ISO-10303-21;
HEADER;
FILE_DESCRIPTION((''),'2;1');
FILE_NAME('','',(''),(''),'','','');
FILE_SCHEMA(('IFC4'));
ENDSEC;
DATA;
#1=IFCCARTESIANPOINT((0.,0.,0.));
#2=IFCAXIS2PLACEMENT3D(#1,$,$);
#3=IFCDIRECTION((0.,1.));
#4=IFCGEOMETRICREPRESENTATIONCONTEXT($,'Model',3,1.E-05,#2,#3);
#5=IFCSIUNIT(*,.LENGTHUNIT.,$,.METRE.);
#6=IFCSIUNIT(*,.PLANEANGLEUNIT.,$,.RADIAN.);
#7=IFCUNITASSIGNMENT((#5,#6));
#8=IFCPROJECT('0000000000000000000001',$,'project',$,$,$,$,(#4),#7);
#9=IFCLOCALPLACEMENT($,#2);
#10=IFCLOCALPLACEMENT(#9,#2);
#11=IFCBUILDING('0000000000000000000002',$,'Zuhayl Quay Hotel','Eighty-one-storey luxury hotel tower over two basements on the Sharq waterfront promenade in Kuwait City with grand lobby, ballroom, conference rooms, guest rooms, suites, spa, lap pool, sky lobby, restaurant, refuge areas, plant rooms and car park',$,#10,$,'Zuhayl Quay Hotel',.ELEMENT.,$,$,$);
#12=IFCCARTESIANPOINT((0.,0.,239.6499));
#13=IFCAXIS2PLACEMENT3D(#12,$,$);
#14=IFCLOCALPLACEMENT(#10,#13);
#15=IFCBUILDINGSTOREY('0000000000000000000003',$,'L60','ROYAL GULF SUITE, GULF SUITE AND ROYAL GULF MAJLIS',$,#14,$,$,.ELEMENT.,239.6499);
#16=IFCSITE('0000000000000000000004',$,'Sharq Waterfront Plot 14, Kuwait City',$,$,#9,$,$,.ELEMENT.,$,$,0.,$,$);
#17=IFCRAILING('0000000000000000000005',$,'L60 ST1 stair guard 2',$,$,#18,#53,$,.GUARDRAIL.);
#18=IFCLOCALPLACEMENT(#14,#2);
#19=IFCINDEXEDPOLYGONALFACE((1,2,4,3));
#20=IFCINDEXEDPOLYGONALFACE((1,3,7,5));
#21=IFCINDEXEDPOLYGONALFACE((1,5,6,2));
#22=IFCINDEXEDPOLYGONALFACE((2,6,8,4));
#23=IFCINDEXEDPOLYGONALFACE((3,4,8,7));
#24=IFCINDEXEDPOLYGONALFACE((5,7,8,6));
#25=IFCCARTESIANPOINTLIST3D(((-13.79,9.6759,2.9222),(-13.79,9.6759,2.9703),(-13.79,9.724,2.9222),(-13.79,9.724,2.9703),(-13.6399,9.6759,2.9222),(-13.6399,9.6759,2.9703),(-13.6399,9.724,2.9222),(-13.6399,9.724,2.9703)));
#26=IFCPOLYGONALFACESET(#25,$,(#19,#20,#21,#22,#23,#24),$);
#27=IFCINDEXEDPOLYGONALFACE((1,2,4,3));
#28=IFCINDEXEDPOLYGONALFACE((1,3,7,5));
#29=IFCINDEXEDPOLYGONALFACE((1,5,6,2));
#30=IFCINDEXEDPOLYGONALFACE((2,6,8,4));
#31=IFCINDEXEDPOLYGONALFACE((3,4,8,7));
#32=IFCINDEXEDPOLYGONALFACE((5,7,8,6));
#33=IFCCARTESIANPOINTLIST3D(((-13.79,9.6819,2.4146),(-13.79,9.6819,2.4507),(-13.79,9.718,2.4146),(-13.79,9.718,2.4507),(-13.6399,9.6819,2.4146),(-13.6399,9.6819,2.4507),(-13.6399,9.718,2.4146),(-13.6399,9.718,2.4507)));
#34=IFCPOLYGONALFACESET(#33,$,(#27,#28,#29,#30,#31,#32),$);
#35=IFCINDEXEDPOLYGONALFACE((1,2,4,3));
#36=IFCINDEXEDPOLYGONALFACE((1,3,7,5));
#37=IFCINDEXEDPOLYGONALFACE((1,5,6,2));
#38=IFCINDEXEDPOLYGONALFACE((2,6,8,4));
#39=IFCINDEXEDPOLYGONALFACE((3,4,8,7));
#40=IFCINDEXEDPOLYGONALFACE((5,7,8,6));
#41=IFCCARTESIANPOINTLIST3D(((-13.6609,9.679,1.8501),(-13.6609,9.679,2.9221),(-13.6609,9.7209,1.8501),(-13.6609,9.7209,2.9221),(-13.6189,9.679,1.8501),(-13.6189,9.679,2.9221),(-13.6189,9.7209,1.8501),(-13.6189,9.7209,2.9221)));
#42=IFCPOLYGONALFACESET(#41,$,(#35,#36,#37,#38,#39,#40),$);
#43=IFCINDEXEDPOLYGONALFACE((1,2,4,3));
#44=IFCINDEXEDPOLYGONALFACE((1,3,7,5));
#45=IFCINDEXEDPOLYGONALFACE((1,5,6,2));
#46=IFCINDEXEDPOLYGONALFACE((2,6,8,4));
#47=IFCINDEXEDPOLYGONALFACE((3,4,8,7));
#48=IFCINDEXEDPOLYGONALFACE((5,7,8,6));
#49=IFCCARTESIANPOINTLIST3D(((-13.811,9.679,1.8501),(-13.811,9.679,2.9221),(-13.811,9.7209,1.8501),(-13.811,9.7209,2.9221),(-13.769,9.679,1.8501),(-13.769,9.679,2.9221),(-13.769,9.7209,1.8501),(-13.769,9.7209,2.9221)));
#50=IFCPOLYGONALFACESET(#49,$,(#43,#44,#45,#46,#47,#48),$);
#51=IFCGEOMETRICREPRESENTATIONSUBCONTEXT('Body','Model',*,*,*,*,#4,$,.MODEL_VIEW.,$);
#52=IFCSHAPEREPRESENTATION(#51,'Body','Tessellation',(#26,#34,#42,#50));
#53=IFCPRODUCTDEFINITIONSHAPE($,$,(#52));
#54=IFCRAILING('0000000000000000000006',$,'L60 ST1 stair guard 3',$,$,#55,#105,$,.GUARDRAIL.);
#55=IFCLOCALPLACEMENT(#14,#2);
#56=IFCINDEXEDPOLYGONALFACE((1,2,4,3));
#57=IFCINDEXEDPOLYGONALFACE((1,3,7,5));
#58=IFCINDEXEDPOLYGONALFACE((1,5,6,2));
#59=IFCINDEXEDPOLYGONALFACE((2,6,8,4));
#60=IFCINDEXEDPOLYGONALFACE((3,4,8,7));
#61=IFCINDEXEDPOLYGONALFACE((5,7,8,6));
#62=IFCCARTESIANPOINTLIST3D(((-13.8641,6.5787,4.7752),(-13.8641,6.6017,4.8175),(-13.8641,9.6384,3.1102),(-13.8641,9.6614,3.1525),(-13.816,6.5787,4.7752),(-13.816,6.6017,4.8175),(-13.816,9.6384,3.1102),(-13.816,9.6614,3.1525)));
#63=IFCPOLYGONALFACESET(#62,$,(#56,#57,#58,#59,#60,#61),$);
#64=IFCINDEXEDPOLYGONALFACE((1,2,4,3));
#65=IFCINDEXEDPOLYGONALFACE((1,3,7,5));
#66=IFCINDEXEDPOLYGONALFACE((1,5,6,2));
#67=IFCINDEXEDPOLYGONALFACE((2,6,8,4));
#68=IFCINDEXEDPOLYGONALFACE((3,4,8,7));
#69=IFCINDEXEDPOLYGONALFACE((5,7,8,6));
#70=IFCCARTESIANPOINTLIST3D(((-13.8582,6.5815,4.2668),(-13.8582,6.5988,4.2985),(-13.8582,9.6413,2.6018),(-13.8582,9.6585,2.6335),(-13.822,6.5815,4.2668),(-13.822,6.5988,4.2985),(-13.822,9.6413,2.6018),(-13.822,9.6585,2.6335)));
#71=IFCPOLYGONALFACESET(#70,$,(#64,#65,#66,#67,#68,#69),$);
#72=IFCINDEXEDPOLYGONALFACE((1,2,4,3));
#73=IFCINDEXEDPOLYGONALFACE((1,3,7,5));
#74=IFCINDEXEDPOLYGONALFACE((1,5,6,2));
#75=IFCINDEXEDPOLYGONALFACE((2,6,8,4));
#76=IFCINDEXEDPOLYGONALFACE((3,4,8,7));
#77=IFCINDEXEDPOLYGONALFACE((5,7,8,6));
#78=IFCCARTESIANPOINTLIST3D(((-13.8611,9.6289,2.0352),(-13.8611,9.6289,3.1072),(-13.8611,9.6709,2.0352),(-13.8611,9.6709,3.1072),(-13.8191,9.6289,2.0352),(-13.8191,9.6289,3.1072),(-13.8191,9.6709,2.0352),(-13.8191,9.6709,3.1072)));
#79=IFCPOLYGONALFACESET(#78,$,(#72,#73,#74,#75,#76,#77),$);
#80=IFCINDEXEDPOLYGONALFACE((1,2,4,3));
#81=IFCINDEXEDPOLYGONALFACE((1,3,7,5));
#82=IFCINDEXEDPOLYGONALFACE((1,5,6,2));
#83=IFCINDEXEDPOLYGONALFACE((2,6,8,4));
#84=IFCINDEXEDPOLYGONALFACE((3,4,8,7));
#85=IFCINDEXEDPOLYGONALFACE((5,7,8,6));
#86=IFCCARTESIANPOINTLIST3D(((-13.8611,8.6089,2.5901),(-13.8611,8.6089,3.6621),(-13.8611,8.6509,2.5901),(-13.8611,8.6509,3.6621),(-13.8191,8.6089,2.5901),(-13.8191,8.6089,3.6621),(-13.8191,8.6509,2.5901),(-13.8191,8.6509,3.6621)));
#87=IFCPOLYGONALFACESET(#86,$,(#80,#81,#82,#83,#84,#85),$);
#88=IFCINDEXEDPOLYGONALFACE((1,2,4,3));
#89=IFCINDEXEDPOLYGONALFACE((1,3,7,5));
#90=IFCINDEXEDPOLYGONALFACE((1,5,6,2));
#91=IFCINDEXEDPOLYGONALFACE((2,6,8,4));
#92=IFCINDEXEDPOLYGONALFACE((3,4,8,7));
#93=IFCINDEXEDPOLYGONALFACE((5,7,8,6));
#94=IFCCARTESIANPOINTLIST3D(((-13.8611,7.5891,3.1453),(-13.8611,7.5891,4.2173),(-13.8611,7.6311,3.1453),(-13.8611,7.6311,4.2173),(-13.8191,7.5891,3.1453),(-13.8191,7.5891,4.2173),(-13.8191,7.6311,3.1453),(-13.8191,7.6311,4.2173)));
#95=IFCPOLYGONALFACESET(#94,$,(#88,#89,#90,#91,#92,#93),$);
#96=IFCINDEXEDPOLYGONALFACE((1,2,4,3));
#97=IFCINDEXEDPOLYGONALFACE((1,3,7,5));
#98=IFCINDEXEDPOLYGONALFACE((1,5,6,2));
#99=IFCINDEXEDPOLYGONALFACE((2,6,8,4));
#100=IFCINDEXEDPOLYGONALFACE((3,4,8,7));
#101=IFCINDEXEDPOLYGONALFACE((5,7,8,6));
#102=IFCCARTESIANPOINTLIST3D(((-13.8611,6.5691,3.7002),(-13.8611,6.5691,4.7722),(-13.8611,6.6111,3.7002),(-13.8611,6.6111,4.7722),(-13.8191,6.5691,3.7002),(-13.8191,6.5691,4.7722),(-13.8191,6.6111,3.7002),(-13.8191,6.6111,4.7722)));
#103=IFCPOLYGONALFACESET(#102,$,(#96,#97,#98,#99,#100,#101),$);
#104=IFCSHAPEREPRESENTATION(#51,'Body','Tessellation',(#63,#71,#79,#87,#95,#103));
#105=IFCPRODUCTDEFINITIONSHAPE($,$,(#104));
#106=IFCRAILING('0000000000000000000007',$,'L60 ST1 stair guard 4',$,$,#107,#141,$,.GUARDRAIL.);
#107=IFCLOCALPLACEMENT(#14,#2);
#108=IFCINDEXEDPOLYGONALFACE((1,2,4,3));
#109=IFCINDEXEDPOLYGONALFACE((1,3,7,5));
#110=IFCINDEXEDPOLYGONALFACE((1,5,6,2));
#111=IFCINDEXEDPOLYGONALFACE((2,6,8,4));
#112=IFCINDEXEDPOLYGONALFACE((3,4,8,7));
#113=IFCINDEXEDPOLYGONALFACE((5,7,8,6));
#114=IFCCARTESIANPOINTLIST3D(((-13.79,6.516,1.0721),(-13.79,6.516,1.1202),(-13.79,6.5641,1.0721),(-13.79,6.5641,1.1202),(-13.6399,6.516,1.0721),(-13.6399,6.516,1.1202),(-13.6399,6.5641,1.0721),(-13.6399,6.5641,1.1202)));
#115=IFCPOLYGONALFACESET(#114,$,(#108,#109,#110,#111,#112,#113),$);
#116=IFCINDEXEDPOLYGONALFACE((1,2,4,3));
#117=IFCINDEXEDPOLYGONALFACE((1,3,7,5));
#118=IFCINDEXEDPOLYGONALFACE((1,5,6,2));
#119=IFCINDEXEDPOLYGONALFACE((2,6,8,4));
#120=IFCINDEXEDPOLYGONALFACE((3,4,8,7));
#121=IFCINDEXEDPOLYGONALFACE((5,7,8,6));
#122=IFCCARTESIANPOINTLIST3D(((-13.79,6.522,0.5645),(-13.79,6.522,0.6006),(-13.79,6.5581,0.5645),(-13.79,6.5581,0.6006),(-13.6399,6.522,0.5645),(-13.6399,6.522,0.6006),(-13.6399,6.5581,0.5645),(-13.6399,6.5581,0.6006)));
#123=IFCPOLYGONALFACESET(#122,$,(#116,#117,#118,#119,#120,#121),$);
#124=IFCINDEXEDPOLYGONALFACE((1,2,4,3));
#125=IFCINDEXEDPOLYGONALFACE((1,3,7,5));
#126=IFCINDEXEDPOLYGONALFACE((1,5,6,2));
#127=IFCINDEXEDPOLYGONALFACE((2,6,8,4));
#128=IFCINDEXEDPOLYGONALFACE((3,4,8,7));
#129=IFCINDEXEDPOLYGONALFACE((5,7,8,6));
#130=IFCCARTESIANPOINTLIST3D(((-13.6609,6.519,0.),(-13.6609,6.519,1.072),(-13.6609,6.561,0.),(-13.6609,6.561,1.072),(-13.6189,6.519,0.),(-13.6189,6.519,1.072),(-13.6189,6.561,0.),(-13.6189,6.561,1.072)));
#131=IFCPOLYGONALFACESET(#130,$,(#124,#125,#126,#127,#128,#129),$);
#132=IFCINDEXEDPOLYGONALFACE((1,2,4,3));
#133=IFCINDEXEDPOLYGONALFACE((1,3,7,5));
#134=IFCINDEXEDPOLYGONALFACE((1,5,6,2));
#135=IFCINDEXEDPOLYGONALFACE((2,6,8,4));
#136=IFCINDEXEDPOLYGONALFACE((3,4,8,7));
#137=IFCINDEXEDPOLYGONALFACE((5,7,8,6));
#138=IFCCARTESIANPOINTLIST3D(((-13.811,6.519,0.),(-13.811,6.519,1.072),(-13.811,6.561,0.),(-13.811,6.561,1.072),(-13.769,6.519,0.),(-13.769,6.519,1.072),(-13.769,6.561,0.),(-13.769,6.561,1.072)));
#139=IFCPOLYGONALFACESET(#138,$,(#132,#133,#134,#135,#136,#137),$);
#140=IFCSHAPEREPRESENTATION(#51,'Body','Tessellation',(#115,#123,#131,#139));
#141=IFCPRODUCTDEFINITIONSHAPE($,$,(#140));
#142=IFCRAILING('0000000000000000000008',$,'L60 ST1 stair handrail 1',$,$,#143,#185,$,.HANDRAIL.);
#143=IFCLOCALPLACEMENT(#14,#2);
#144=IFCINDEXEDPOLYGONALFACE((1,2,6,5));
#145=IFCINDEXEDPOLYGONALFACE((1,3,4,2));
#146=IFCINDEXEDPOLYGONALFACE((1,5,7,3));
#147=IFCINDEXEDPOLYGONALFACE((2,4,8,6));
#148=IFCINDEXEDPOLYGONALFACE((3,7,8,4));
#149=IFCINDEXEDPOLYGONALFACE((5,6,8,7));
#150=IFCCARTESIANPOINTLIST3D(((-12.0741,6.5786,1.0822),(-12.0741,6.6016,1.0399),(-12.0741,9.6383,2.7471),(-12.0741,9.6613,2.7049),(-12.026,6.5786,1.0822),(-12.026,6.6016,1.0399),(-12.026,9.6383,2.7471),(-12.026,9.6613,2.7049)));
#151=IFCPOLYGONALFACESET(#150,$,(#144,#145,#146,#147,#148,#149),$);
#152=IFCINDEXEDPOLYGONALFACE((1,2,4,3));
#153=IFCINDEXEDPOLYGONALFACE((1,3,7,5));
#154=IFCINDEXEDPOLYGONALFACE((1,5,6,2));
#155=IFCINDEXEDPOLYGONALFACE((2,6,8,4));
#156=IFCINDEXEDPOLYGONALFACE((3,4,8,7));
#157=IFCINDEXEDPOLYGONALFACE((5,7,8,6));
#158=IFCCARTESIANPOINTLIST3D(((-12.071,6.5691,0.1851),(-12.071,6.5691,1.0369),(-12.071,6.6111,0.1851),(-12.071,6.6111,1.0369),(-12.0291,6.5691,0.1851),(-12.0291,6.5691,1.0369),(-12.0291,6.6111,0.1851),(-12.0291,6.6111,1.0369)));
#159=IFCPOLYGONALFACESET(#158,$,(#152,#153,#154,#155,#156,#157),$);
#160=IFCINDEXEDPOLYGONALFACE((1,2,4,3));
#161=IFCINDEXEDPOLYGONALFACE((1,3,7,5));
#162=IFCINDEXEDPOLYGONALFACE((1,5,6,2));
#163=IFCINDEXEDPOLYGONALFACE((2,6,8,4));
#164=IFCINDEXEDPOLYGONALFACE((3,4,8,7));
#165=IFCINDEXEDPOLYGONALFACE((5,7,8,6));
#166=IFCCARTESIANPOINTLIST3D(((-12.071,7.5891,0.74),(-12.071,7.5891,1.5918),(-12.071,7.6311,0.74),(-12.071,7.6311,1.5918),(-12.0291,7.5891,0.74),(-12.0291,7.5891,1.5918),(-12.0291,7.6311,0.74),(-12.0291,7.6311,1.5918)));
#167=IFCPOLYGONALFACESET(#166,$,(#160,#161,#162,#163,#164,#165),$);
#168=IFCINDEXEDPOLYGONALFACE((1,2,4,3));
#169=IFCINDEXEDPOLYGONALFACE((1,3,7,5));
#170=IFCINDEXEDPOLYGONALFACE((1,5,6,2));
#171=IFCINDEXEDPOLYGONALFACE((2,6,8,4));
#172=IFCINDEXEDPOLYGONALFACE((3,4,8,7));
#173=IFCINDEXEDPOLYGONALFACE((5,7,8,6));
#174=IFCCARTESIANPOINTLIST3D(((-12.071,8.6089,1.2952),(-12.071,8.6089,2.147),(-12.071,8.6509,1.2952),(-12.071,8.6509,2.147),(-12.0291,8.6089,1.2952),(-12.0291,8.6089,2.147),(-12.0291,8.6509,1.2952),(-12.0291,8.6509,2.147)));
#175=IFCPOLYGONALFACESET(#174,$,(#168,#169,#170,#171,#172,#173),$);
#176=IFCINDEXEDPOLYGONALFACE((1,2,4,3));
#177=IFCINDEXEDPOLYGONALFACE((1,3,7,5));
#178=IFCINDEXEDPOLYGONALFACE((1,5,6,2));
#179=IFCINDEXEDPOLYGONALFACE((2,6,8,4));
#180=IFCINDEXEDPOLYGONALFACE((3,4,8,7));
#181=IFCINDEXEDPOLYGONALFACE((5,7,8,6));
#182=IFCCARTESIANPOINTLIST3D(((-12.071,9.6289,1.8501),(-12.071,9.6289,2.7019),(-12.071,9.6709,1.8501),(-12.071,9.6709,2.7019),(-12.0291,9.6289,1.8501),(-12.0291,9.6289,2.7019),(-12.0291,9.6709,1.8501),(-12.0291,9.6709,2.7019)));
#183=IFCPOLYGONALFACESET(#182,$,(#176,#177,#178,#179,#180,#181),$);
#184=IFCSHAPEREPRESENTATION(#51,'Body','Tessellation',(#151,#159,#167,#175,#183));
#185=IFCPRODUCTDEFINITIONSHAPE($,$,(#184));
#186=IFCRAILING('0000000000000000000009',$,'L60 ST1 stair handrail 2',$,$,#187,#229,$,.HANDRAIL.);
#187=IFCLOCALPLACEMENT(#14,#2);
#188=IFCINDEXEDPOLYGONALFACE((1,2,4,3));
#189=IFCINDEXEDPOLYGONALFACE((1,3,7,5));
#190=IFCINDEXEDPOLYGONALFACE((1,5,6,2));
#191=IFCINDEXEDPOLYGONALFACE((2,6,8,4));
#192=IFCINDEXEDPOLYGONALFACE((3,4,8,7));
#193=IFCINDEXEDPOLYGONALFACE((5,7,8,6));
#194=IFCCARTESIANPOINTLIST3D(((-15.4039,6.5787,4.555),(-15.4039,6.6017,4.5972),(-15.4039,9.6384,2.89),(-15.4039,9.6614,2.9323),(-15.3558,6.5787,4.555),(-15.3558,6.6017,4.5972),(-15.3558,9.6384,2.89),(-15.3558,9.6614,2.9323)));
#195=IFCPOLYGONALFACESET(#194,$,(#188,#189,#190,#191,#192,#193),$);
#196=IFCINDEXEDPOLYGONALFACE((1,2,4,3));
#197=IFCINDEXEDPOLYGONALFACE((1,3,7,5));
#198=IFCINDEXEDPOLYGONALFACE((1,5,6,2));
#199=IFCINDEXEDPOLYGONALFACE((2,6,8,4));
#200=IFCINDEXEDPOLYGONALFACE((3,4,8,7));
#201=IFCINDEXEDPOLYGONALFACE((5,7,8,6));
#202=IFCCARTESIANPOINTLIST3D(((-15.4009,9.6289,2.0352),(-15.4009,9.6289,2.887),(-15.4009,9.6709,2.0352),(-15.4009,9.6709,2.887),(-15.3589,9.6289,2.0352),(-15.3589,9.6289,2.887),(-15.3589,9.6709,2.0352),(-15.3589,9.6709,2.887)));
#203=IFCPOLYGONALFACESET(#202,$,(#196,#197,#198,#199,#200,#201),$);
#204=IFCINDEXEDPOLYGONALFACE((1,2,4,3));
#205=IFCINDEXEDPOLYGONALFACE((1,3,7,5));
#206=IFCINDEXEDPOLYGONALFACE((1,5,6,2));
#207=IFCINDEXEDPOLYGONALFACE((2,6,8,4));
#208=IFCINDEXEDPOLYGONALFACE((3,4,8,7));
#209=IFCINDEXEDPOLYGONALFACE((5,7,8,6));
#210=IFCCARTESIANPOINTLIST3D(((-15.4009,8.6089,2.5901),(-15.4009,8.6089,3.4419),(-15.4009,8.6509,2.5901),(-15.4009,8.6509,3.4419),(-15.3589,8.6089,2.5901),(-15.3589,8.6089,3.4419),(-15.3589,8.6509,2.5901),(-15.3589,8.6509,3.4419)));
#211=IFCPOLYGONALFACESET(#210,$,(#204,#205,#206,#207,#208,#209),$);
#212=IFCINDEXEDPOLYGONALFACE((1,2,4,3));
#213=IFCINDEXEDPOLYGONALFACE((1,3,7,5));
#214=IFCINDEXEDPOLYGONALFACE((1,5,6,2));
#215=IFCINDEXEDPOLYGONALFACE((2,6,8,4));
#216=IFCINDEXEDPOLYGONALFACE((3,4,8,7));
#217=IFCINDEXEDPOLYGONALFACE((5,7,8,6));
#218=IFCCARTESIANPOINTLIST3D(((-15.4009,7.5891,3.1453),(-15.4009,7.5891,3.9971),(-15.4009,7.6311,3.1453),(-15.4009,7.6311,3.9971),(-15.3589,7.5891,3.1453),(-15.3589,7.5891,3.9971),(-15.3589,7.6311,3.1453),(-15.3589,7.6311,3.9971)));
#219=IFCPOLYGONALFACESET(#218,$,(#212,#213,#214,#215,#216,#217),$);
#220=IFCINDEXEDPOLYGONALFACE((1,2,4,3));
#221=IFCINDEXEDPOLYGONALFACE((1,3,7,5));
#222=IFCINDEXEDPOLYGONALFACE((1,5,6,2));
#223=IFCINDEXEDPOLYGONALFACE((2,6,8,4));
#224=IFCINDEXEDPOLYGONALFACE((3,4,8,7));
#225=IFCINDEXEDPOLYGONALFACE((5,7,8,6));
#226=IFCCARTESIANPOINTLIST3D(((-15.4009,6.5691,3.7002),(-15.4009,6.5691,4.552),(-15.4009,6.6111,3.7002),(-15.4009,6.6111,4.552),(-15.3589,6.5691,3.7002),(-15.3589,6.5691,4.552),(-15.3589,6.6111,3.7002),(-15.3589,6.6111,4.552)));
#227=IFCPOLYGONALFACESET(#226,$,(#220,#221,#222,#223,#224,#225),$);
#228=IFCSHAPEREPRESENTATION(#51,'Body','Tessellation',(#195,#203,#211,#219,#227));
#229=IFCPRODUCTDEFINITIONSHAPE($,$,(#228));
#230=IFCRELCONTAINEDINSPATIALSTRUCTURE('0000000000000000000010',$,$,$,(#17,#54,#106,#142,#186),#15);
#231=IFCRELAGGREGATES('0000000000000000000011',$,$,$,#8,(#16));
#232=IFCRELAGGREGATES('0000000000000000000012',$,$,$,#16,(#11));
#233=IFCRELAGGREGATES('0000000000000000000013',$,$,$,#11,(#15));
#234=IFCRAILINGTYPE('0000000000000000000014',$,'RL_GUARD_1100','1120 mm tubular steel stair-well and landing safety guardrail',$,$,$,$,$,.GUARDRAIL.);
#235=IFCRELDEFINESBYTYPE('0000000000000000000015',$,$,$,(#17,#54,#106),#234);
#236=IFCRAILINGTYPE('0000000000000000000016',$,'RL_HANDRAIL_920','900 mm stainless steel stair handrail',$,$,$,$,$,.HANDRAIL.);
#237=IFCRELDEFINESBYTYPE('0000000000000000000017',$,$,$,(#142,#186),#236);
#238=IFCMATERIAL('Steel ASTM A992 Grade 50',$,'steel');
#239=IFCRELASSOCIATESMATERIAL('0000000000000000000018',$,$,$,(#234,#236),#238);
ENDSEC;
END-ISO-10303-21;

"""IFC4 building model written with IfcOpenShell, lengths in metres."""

from ifc_helpers import new_model, si_unit, direction, frame, origin, origin_2d, place, context, subcontext, project, spatial, rectangle, extrude, material, type_object, element, save


model = new_model("IFC4")

# Units and contexts
model_context = context("Model", 3, precision=1e-05, world=origin(), true_north=direction((0.0, 1.0)))
body_context = subcontext(model_context, "Body", "Model", "MODEL_VIEW")
ifc_project = project(units=[si_unit("LENGTHUNIT", "METRE"), si_unit("PLANEANGLEUNIT", "RADIAN")], contexts=[model_context])

# Site, building, storey
site_placement = place(None, origin())
site = spatial("IfcSite", under=ifc_project, at=site_placement, Name="Sharq Waterfront Plot 14, Kuwait City", CompositionType="ELEMENT", RefElevation=0.0)
building_placement = place(site_placement, origin())
building = spatial("IfcBuilding", under=site, at=building_placement, Name="Zuhayl Quay Hotel", Description="Eighty-one-storey luxury hotel tower over two basements on the Sharq waterfront promenade in Kuwait City with grand lobby, ballroom, conference rooms, guest rooms, suites, spa, lap pool, sky lobby, restaurant, refuge areas, plant rooms and car park", LongName="Zuhayl Quay Hotel", CompositionType="ELEMENT")
storey_placement = place(building_placement, frame((0.0, 0.0, 239.6499)))
storey = spatial("IfcBuildingStorey", under=building, at=storey_placement, Name="L60", Description="ROYAL GULF SUITE, GULF SUITE AND ROYAL GULF MAJLIS", CompositionType="ELEMENT", Elevation=239.6499)

# Shared definitions
ifc_material_1 = material(Name="Steel ASTM A992 Grade 50", Category="steel")

# Railings
railing_type_1 = type_object("IfcRailingType", Name="RL_GUARD_1100", Description="1120 mm tubular steel stair-well and landing safety guardrail", PredefinedType="GUARDRAIL", material=ifc_material_1)
railing_1_placement = place(storey_placement, frame((-13.6399, 9.7, 1.8501)))
element("IfcRailing", 1, at=railing_1_placement, inside=storey, type_object=railing_type_1, Name="L60 ST1 stair guard 2", PredefinedType="GUARDRAIL", context=body_context, shape_type="SweptSolid", body=[
    extrude(rectangle(XDim=0.0481, YDim=0.0481, at=origin_2d()), frame((0.0, 0.0, 1.0962), z_axis=(-1.0, 0.0, 0.0), x_axis=(0.0, -1.0, 0.0)), (0.0, 0.0, 1.0), 0.1501),
    extrude(rectangle(XDim=0.0361, YDim=0.0361, at=origin_2d()), frame((0.0, 0.0, 0.5825), z_axis=(-1.0, 0.0, 0.0), x_axis=(0.0, -1.0, 0.0)), (0.0, 0.0, 1.0), 0.1501),
    extrude(rectangle(XDim=0.042, YDim=0.042, at=origin_2d()), origin(), (0.0, 0.0, 1.0), 1.072),
    extrude(rectangle(XDim=0.042, YDim=0.042, at=origin_2d()), frame((-0.1501, 0.0, 0.0)), (0.0, 0.0, 1.0), 1.072),
])
railing_2_placement = place(storey_placement, frame((-13.8401, 9.6499, 2.0352)))
element("IfcRailing", 2, at=railing_2_placement, inside=storey, type_object=railing_type_1, Name="L60 ST1 stair guard 3", PredefinedType="GUARDRAIL", context=body_context, shape_type="SweptSolid", body=[
    extrude(rectangle(XDim=0.0481, YDim=0.0481, at=origin_2d()), frame((0.0, 0.0, 1.0962), z_axis=(0.0, -0.878372, 0.477978), x_axis=(1.0, 0.0, 0.0)), (0.0, 0.0, 1.0), 3.4834),
    extrude(rectangle(XDim=0.0361, YDim=0.0361, at=origin_2d()), frame((0.0, 0.0, 0.5825), z_axis=(0.0, -0.878372, 0.477978), x_axis=(1.0, 0.0, 0.0)), (0.0, 0.0, 1.0), 3.4834),
    extrude(rectangle(XDim=0.042, YDim=0.042, at=origin_2d()), origin(), (0.0, 0.0, 1.0), 1.072),
    extrude(rectangle(XDim=0.042, YDim=0.042, at=origin_2d()), frame((0.0, -1.02, 0.5549)), (0.0, 0.0, 1.0), 1.072),
    extrude(rectangle(XDim=0.042, YDim=0.042, at=origin_2d()), frame((0.0, -2.0398, 1.1101)), (0.0, 0.0, 1.0), 1.072),
    extrude(rectangle(XDim=0.042, YDim=0.042, at=origin_2d()), frame((0.0, -3.0598, 1.665)), (0.0, 0.0, 1.0), 1.072),
])
railing_3_placement = place(storey_placement, frame((-13.6399, 6.54, 0.0)))
element("IfcRailing", 3, at=railing_3_placement, inside=storey, type_object=railing_type_1, Name="L60 ST1 stair guard 4", PredefinedType="GUARDRAIL", context=body_context, shape_type="SweptSolid", body=[
    extrude(rectangle(XDim=0.0481, YDim=0.0481, at=origin_2d()), frame((0.0, 0.0, 1.0962), z_axis=(-1.0, 0.0, 0.0), x_axis=(0.0, -1.0, 0.0)), (0.0, 0.0, 1.0), 0.1501),
    extrude(rectangle(XDim=0.0361, YDim=0.0361, at=origin_2d()), frame((0.0, 0.0, 0.5825), z_axis=(-1.0, 0.0, 0.0), x_axis=(0.0, -1.0, 0.0)), (0.0, 0.0, 1.0), 0.1501),
    extrude(rectangle(XDim=0.042, YDim=0.042, at=origin_2d()), origin(), (0.0, 0.0, 1.0), 1.072),
    extrude(rectangle(XDim=0.042, YDim=0.042, at=origin_2d()), frame((-0.1501, 0.0, 0.0)), (0.0, 0.0, 1.0), 1.072),
])
railing_type_2 = type_object("IfcRailingType", Name="RL_HANDRAIL_920", Description="900 mm stainless steel stair handrail", PredefinedType="HANDRAIL", material=ifc_material_1)
railing_4_placement = place(storey_placement, frame((-12.05, 6.5901, 0.1851)))
element("IfcRailing", 4, at=railing_4_placement, inside=storey, type_object=railing_type_2, Name="L60 ST1 stair handrail 1", PredefinedType="HANDRAIL", context=body_context, shape_type="SweptSolid", body=[
    extrude(rectangle(XDim=0.0481, YDim=0.0481, at=origin_2d()), frame((0.0, 0.0, 0.876), z_axis=(0.0, 0.878372, 0.477978), x_axis=(-1.0, 0.0, 0.0)), (0.0, 0.0, 1.0), 3.4834),
    extrude(rectangle(XDim=0.042, YDim=0.042, at=origin_2d()), origin(), (0.0, 0.0, 1.0), 0.8518),
    extrude(rectangle(XDim=0.042, YDim=0.042, at=origin_2d()), frame((0.0, 1.02, 0.5549)), (0.0, 0.0, 1.0), 0.8518),
    extrude(rectangle(XDim=0.042, YDim=0.042, at=origin_2d()), frame((0.0, 2.0398, 1.1101)), (0.0, 0.0, 1.0), 0.8518),
    extrude(rectangle(XDim=0.042, YDim=0.042, at=origin_2d()), frame((0.0, 3.0598, 1.665)), (0.0, 0.0, 1.0), 0.8518),
])
railing_5_placement = place(storey_placement, frame((-15.3799, 9.6499, 2.0352)))
element("IfcRailing", 5, at=railing_5_placement, inside=storey, type_object=railing_type_2, Name="L60 ST1 stair handrail 2", PredefinedType="HANDRAIL", context=body_context, shape_type="SweptSolid", body=[
    extrude(rectangle(XDim=0.0481, YDim=0.0481, at=origin_2d()), frame((0.0, 0.0, 0.876), z_axis=(0.0, -0.878372, 0.477978), x_axis=(1.0, 0.0, 0.0)), (0.0, 0.0, 1.0), 3.4834),
    extrude(rectangle(XDim=0.042, YDim=0.042, at=origin_2d()), origin(), (0.0, 0.0, 1.0), 0.8518),
    extrude(rectangle(XDim=0.042, YDim=0.042, at=origin_2d()), frame((0.0, -1.02, 0.5549)), (0.0, 0.0, 1.0), 0.8518),
    extrude(rectangle(XDim=0.042, YDim=0.042, at=origin_2d()), frame((0.0, -2.0398, 1.1101)), (0.0, 0.0, 1.0), 0.8518),
    extrude(rectangle(XDim=0.042, YDim=0.042, at=origin_2d()), frame((0.0, -3.0598, 1.665)), (0.0, 0.0, 1.0), 0.8518),
])

save(model, "model.ifc")
